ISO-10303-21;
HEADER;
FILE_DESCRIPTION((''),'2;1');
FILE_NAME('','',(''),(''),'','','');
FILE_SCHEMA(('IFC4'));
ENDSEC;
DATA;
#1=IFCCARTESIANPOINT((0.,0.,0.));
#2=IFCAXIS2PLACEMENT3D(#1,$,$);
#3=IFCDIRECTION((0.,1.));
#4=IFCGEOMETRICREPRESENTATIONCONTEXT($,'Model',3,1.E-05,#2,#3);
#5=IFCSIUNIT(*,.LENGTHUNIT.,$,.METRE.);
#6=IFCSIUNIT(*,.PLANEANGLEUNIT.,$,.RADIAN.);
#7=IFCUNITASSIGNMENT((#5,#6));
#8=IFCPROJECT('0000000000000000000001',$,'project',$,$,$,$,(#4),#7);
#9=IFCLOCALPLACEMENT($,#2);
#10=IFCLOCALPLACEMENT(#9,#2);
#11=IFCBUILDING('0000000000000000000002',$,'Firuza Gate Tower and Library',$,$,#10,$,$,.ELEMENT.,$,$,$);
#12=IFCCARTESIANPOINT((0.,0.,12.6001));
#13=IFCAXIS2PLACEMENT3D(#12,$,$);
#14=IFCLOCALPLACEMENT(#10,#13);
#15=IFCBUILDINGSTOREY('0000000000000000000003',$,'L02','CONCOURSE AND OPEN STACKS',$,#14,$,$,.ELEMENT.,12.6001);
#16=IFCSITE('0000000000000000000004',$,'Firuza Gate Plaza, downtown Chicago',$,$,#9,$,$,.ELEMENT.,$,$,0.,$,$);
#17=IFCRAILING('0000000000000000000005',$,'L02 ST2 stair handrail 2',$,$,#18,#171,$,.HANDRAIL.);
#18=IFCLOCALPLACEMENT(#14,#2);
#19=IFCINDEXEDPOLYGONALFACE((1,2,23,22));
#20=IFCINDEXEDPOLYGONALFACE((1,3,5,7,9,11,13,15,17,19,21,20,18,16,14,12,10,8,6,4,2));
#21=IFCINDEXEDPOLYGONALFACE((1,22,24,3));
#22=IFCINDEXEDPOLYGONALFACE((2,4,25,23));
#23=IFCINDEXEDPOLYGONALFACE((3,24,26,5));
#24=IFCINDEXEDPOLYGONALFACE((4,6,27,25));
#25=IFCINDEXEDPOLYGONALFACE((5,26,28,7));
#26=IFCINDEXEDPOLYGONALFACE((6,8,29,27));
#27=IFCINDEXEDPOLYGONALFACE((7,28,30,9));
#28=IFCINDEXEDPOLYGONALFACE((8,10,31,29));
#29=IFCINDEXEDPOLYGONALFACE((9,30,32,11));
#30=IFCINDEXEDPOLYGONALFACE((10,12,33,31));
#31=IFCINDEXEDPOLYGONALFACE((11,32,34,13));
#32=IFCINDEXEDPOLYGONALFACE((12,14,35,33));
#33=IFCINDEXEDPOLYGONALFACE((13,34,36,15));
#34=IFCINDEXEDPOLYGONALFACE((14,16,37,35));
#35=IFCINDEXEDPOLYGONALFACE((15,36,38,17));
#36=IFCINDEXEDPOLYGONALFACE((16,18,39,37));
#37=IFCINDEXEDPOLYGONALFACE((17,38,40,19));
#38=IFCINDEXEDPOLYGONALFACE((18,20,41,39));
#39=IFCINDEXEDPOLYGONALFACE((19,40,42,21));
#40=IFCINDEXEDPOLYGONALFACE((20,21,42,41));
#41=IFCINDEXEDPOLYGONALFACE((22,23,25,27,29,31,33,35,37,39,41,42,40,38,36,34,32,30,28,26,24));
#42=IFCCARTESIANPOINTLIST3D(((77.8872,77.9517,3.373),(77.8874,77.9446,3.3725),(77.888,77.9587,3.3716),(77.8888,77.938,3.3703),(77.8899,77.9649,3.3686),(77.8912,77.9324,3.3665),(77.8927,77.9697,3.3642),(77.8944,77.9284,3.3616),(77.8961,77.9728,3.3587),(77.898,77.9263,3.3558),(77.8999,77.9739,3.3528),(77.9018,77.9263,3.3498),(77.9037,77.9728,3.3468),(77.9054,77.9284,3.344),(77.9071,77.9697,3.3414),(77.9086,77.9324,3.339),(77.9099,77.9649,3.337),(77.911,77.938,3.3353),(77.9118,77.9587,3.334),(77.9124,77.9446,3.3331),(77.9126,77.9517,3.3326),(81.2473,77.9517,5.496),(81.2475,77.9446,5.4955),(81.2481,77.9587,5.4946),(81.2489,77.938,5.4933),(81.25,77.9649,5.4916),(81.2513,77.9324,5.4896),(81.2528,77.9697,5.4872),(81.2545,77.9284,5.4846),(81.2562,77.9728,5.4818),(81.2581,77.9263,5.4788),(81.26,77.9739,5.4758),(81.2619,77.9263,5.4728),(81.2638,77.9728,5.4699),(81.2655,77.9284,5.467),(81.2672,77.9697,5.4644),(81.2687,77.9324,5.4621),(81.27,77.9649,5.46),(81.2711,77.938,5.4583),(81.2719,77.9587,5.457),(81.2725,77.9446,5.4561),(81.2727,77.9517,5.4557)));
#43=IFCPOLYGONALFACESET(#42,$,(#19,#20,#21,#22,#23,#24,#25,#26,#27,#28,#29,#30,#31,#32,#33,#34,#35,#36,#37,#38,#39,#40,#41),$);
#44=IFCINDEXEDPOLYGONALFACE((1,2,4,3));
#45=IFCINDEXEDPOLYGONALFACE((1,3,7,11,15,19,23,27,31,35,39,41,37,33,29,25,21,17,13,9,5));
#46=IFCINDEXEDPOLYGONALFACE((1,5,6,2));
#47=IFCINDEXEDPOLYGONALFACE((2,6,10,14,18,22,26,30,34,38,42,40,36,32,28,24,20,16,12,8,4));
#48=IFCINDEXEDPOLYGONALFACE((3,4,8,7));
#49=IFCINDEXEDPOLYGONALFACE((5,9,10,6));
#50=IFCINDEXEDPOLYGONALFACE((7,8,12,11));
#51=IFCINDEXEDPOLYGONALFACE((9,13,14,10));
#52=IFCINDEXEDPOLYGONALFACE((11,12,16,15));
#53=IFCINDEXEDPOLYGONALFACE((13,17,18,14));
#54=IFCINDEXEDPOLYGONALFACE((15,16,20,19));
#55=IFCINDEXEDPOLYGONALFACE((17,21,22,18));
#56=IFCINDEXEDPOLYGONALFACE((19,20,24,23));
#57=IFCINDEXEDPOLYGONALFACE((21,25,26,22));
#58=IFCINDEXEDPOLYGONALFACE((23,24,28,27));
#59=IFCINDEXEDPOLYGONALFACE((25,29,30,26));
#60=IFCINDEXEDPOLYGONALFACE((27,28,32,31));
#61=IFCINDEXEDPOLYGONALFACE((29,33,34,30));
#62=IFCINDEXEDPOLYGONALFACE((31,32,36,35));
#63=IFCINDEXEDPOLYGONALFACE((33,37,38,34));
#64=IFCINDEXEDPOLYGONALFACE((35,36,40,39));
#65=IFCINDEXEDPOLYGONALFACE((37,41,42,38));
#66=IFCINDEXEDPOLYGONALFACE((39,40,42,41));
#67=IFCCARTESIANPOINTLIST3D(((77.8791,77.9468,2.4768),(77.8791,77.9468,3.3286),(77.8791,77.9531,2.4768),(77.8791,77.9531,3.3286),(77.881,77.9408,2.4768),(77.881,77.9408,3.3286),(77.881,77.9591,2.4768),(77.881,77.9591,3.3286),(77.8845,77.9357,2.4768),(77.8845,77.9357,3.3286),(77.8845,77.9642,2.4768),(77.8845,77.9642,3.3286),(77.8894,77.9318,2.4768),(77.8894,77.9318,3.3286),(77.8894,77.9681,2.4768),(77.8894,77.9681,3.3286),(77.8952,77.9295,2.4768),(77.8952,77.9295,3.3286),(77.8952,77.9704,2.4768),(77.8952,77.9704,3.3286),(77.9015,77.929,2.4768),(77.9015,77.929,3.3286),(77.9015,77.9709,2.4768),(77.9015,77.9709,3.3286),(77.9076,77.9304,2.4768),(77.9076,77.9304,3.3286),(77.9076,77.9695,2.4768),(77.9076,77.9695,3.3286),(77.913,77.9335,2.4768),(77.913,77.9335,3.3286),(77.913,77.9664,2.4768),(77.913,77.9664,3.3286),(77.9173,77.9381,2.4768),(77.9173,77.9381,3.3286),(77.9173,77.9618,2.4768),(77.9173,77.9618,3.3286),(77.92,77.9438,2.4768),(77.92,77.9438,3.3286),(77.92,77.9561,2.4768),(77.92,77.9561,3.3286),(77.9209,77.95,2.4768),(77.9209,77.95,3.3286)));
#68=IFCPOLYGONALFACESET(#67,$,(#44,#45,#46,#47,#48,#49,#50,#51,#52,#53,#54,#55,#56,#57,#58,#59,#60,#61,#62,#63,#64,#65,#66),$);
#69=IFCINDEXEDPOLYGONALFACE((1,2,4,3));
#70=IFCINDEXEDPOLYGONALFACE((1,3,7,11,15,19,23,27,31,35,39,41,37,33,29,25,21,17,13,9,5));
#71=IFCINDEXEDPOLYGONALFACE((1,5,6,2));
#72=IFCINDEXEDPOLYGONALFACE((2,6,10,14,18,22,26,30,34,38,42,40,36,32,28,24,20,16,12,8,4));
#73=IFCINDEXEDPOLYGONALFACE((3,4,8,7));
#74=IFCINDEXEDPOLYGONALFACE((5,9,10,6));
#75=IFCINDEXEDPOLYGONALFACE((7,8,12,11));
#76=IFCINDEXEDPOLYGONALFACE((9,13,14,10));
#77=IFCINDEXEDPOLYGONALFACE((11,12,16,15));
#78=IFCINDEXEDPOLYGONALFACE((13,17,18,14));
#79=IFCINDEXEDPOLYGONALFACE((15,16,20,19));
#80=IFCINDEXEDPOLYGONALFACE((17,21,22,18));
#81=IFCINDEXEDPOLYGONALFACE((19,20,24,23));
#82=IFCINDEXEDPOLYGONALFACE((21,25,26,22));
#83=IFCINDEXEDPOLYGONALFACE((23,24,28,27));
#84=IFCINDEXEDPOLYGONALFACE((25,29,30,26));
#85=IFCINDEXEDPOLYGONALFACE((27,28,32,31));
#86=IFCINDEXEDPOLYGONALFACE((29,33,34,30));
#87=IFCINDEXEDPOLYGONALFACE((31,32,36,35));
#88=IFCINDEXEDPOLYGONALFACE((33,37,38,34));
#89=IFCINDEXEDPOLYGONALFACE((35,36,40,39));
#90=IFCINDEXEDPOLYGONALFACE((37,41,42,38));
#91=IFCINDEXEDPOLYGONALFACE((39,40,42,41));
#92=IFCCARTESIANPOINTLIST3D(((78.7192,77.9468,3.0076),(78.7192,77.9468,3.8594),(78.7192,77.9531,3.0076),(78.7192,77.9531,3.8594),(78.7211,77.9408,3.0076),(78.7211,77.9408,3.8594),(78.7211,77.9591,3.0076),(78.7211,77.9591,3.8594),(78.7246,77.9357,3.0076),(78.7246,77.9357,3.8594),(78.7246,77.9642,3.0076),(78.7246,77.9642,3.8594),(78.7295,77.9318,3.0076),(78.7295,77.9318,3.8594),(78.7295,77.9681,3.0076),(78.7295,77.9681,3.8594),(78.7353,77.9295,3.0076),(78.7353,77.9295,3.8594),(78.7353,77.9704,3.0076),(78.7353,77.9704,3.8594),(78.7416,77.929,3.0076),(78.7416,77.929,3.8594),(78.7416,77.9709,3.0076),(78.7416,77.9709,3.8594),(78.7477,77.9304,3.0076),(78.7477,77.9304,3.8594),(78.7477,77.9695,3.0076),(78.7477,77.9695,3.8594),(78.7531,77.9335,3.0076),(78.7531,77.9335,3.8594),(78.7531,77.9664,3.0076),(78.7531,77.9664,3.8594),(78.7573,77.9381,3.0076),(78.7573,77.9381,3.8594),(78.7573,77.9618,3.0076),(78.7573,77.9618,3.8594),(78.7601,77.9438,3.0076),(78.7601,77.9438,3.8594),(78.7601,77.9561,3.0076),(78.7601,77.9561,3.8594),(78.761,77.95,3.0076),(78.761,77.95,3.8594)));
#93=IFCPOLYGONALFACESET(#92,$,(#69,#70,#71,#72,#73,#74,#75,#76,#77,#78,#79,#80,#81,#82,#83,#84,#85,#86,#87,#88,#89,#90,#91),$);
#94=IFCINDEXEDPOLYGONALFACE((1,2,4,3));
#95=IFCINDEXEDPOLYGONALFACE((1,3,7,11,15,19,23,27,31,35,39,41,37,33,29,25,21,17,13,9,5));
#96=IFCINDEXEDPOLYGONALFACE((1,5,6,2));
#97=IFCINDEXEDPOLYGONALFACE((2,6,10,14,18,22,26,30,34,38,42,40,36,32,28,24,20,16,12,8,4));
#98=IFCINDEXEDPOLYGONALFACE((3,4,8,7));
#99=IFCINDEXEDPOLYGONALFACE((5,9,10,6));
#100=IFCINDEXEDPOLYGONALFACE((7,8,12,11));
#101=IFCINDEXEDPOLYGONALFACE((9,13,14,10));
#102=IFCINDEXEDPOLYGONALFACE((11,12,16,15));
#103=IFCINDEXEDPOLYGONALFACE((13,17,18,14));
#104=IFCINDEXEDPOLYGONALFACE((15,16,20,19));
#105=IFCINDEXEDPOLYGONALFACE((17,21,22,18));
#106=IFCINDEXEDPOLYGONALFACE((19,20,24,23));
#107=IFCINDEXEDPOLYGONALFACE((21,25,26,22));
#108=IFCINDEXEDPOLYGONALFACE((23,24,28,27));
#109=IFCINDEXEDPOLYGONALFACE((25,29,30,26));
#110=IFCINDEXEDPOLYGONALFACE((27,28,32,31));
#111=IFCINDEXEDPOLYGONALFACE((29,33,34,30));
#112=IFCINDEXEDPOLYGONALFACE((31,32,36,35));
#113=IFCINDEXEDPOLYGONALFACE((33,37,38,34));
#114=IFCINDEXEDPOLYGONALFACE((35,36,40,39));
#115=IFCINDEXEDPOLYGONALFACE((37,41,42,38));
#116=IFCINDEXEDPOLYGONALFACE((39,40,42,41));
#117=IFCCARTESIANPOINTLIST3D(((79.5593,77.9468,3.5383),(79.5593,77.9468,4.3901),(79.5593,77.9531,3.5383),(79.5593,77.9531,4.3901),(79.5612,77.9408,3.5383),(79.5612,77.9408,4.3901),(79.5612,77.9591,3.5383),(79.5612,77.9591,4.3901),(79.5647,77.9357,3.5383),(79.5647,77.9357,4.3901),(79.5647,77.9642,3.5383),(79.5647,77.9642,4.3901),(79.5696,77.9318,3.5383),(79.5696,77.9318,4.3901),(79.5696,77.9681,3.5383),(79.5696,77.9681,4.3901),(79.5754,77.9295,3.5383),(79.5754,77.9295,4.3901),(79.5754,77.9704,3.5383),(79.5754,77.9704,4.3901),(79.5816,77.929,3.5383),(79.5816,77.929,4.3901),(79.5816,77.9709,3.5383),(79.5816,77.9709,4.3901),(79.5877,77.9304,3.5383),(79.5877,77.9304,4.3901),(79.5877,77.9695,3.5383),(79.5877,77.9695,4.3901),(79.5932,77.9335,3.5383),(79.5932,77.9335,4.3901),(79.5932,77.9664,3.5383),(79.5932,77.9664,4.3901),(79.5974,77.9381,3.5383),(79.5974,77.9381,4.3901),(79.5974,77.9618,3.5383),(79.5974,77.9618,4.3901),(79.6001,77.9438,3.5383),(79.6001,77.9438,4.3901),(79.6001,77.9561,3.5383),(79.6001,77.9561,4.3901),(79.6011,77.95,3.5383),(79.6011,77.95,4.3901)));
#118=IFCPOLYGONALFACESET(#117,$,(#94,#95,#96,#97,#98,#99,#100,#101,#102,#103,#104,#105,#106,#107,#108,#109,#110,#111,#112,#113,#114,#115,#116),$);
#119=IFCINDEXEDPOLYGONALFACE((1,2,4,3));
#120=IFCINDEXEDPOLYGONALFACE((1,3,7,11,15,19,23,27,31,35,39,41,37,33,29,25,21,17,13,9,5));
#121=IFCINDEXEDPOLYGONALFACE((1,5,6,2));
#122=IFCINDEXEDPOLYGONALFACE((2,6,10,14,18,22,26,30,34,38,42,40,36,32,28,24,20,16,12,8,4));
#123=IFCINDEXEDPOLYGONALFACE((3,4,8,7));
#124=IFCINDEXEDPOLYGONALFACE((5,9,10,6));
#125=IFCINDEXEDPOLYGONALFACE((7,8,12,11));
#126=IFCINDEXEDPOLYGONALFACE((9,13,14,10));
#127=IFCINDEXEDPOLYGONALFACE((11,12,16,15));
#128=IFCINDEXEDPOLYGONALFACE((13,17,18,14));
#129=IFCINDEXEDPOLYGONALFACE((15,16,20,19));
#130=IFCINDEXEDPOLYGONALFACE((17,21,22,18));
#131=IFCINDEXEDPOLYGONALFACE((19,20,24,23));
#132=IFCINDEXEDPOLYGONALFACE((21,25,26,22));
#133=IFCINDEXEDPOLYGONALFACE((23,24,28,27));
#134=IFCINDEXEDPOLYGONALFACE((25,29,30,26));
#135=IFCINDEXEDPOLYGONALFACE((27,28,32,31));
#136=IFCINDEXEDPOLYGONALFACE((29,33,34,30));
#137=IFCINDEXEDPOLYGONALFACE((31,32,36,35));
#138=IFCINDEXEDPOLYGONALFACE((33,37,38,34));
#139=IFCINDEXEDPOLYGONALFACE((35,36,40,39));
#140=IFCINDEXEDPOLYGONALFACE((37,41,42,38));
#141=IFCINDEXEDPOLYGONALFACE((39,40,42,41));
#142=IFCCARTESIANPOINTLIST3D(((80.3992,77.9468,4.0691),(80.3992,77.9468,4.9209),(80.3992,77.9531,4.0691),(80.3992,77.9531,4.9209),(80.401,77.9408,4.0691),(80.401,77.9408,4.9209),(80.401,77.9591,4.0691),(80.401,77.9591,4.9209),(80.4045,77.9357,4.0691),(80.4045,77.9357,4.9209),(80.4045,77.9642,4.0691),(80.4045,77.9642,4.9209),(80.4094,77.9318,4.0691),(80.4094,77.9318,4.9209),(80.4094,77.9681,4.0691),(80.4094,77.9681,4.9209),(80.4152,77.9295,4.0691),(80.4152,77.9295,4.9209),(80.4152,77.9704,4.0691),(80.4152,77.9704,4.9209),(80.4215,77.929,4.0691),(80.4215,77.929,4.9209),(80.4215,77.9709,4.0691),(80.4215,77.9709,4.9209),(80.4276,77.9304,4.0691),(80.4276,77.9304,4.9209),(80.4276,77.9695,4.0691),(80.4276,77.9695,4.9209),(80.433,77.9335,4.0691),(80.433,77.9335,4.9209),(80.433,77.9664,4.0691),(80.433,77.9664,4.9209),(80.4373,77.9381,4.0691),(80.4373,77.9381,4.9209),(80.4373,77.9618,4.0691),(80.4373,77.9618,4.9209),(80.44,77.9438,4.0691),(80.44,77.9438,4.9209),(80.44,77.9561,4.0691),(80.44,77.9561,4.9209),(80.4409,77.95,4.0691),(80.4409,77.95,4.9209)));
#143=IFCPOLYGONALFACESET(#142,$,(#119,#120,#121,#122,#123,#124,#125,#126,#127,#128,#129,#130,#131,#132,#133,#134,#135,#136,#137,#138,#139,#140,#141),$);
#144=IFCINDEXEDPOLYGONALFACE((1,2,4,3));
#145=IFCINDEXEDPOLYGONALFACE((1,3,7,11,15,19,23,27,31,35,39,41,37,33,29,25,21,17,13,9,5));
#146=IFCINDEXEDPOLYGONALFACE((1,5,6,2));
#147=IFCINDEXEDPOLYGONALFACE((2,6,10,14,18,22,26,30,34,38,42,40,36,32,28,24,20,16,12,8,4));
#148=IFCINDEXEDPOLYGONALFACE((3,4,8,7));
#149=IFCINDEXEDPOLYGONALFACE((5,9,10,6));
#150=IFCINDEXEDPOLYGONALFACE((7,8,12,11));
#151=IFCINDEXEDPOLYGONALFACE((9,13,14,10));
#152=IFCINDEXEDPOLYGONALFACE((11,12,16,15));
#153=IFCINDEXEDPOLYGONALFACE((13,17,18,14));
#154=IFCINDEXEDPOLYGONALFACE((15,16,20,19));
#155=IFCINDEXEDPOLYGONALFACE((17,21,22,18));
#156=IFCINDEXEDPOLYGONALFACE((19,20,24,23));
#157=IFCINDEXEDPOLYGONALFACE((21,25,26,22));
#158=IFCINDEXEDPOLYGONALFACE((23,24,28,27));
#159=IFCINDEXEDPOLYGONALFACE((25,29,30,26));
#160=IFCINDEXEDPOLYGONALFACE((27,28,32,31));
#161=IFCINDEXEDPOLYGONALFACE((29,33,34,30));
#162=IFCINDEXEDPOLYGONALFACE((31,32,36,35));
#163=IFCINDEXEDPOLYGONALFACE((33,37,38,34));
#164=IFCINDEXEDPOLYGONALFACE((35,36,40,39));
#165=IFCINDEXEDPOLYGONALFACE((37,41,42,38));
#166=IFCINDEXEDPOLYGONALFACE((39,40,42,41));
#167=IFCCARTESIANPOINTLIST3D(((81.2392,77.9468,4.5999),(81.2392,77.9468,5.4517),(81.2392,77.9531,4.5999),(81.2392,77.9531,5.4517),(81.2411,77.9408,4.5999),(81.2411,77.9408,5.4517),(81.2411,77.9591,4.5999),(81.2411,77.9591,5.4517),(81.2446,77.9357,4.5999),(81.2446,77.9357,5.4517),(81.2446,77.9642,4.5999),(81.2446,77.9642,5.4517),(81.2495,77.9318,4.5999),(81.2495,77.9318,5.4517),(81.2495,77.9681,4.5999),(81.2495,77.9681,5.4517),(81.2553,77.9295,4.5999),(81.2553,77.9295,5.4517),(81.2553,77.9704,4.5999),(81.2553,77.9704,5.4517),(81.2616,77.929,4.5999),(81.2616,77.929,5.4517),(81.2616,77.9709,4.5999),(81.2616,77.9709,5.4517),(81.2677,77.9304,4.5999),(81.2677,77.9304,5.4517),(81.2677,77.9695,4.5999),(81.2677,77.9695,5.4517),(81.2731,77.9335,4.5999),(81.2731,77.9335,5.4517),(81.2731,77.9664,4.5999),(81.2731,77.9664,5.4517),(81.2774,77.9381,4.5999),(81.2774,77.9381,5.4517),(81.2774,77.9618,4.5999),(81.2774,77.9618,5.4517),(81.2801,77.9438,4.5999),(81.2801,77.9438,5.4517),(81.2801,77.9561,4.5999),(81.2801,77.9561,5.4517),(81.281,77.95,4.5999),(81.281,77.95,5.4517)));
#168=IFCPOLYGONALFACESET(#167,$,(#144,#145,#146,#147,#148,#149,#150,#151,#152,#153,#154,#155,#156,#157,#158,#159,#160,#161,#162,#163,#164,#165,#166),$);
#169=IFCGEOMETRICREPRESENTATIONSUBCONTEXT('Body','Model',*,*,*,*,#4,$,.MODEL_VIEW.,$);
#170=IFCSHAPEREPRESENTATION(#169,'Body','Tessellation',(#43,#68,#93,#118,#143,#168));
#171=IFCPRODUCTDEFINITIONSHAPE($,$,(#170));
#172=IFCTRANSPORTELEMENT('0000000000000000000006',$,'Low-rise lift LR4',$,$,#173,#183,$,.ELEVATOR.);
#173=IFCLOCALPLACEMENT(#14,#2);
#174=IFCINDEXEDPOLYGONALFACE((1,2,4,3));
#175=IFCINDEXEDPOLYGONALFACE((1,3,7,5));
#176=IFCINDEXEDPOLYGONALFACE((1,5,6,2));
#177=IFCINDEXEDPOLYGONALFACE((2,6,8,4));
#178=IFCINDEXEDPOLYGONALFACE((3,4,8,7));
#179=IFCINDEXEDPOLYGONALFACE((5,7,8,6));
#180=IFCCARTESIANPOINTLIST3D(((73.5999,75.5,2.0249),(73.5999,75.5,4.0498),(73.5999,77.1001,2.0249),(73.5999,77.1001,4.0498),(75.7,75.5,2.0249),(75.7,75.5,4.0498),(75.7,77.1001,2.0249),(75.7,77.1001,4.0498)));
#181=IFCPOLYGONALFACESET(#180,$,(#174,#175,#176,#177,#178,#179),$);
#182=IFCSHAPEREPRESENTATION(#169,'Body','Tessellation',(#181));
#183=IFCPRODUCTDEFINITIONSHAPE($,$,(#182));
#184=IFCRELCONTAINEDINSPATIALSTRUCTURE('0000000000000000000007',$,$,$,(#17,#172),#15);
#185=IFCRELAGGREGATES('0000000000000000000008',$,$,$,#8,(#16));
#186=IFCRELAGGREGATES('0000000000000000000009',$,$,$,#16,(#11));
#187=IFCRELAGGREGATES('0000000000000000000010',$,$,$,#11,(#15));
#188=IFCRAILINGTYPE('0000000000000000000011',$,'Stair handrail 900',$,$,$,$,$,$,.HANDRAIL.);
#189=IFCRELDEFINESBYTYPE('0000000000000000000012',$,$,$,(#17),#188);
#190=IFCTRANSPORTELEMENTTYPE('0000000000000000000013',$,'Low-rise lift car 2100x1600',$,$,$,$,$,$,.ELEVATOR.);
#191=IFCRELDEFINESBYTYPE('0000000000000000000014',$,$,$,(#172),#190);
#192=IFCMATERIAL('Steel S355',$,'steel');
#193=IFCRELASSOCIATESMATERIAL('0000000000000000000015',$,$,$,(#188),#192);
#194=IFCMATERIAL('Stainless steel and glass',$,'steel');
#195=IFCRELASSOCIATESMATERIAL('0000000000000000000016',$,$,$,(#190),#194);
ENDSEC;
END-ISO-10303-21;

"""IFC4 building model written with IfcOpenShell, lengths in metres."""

from ifc_helpers import new_model, si_unit, direction, frame, origin, origin_2d, place, context, subcontext, project, spatial, rectangle, circle, extrude, material, type_object, element, save


model = new_model("IFC4")

# Units and contexts
model_context = context("Model", 3, precision=1e-05, world=origin(), true_north=direction((0.0, 1.0)))
body_context = subcontext(model_context, "Body", "Model", "MODEL_VIEW")
ifc_project = project(units=[si_unit("LENGTHUNIT", "METRE"), si_unit("PLANEANGLEUNIT", "RADIAN")], contexts=[model_context])

# Site, building, storey
site_placement = place(None, origin())
site = spatial("IfcSite", under=ifc_project, at=site_placement, Name="Firuza Gate Plaza, downtown Chicago", CompositionType="ELEMENT", RefElevation=0.0)
building_placement = place(site_placement, origin())
building = spatial("IfcBuilding", under=site, at=building_placement, Name="Firuza Gate Tower and Library", CompositionType="ELEMENT")
storey_placement = place(building_placement, frame((0.0, 0.0, 12.6001)))
storey = spatial("IfcBuildingStorey", under=building, at=storey_placement, Name="L02", Description="CONCOURSE AND OPEN STACKS", CompositionType="ELEMENT", Elevation=12.6001)

# Railing
ifc_material_1 = material(Name="Steel S355", Category="steel")
railing_type_1 = type_object("IfcRailingType", Name="Stair handrail 900", PredefinedType="HANDRAIL", material=ifc_material_1)
railing_1_placement = place(storey_placement, frame((77.8999, 77.95, 2.4768)))
element("IfcRailing", 1, at=railing_1_placement, inside=storey, type_object=railing_type_1, Name="L02 ST2 stair handrail 2", PredefinedType="HANDRAIL", context=body_context, shape_type="SweptSolid", body=[
    extrude(circle(Radius=0.0239, at=origin_2d()), frame((0.0, 0.0, 0.876), z_axis=(0.84539, 0.0, 0.53415), x_axis=(0.0, 1.0, 0.0)), (0.0, 0.0, 1.0), 3.9746),
    extrude(circle(Radius=0.021, at=origin_2d()), origin(), (0.0, 0.0, 1.0), 0.8518),
    extrude(circle(Radius=0.021, at=origin_2d()), frame((0.8401, 0.0, 0.5308)), (0.0, 0.0, 1.0), 0.8518),
    extrude(circle(Radius=0.021, at=origin_2d()), frame((1.6802, 0.0, 1.0615)), (0.0, 0.0, 1.0), 0.8518),
    extrude(circle(Radius=0.021, at=origin_2d()), frame((2.52, 0.0, 1.5923)), (0.0, 0.0, 1.0), 0.8518),
    extrude(circle(Radius=0.021, at=origin_2d()), frame((3.3601, 0.0, 2.123)), (0.0, 0.0, 1.0), 0.8518),
])

# Transport element
ifc_material_2 = material(Name="Stainless steel and glass", Category="steel")
transport_element_type = type_object("IfcTransportElementType", Name="Low-rise lift car 2100x1600", PredefinedType="ELEVATOR", material=ifc_material_2)
transport_element_placement = place(storey_placement, frame((74.6499, 76.3, 2.0249), z_axis=(0.0, 0.0, 1.0), x_axis=(1.0, 0.0, 0.0)))
element("IfcTransportElement", 2, at=transport_element_placement, inside=storey, type_object=transport_element_type, Name="Low-rise lift LR4", PredefinedType="ELEVATOR", context=body_context, shape_type="SweptSolid", body=[
    extrude(rectangle(XDim=2.1001, YDim=1.6001, at=origin_2d()), origin(), (0.0, 0.0, 1.0), 2.0249),
])

save(model, "model.ifc")
